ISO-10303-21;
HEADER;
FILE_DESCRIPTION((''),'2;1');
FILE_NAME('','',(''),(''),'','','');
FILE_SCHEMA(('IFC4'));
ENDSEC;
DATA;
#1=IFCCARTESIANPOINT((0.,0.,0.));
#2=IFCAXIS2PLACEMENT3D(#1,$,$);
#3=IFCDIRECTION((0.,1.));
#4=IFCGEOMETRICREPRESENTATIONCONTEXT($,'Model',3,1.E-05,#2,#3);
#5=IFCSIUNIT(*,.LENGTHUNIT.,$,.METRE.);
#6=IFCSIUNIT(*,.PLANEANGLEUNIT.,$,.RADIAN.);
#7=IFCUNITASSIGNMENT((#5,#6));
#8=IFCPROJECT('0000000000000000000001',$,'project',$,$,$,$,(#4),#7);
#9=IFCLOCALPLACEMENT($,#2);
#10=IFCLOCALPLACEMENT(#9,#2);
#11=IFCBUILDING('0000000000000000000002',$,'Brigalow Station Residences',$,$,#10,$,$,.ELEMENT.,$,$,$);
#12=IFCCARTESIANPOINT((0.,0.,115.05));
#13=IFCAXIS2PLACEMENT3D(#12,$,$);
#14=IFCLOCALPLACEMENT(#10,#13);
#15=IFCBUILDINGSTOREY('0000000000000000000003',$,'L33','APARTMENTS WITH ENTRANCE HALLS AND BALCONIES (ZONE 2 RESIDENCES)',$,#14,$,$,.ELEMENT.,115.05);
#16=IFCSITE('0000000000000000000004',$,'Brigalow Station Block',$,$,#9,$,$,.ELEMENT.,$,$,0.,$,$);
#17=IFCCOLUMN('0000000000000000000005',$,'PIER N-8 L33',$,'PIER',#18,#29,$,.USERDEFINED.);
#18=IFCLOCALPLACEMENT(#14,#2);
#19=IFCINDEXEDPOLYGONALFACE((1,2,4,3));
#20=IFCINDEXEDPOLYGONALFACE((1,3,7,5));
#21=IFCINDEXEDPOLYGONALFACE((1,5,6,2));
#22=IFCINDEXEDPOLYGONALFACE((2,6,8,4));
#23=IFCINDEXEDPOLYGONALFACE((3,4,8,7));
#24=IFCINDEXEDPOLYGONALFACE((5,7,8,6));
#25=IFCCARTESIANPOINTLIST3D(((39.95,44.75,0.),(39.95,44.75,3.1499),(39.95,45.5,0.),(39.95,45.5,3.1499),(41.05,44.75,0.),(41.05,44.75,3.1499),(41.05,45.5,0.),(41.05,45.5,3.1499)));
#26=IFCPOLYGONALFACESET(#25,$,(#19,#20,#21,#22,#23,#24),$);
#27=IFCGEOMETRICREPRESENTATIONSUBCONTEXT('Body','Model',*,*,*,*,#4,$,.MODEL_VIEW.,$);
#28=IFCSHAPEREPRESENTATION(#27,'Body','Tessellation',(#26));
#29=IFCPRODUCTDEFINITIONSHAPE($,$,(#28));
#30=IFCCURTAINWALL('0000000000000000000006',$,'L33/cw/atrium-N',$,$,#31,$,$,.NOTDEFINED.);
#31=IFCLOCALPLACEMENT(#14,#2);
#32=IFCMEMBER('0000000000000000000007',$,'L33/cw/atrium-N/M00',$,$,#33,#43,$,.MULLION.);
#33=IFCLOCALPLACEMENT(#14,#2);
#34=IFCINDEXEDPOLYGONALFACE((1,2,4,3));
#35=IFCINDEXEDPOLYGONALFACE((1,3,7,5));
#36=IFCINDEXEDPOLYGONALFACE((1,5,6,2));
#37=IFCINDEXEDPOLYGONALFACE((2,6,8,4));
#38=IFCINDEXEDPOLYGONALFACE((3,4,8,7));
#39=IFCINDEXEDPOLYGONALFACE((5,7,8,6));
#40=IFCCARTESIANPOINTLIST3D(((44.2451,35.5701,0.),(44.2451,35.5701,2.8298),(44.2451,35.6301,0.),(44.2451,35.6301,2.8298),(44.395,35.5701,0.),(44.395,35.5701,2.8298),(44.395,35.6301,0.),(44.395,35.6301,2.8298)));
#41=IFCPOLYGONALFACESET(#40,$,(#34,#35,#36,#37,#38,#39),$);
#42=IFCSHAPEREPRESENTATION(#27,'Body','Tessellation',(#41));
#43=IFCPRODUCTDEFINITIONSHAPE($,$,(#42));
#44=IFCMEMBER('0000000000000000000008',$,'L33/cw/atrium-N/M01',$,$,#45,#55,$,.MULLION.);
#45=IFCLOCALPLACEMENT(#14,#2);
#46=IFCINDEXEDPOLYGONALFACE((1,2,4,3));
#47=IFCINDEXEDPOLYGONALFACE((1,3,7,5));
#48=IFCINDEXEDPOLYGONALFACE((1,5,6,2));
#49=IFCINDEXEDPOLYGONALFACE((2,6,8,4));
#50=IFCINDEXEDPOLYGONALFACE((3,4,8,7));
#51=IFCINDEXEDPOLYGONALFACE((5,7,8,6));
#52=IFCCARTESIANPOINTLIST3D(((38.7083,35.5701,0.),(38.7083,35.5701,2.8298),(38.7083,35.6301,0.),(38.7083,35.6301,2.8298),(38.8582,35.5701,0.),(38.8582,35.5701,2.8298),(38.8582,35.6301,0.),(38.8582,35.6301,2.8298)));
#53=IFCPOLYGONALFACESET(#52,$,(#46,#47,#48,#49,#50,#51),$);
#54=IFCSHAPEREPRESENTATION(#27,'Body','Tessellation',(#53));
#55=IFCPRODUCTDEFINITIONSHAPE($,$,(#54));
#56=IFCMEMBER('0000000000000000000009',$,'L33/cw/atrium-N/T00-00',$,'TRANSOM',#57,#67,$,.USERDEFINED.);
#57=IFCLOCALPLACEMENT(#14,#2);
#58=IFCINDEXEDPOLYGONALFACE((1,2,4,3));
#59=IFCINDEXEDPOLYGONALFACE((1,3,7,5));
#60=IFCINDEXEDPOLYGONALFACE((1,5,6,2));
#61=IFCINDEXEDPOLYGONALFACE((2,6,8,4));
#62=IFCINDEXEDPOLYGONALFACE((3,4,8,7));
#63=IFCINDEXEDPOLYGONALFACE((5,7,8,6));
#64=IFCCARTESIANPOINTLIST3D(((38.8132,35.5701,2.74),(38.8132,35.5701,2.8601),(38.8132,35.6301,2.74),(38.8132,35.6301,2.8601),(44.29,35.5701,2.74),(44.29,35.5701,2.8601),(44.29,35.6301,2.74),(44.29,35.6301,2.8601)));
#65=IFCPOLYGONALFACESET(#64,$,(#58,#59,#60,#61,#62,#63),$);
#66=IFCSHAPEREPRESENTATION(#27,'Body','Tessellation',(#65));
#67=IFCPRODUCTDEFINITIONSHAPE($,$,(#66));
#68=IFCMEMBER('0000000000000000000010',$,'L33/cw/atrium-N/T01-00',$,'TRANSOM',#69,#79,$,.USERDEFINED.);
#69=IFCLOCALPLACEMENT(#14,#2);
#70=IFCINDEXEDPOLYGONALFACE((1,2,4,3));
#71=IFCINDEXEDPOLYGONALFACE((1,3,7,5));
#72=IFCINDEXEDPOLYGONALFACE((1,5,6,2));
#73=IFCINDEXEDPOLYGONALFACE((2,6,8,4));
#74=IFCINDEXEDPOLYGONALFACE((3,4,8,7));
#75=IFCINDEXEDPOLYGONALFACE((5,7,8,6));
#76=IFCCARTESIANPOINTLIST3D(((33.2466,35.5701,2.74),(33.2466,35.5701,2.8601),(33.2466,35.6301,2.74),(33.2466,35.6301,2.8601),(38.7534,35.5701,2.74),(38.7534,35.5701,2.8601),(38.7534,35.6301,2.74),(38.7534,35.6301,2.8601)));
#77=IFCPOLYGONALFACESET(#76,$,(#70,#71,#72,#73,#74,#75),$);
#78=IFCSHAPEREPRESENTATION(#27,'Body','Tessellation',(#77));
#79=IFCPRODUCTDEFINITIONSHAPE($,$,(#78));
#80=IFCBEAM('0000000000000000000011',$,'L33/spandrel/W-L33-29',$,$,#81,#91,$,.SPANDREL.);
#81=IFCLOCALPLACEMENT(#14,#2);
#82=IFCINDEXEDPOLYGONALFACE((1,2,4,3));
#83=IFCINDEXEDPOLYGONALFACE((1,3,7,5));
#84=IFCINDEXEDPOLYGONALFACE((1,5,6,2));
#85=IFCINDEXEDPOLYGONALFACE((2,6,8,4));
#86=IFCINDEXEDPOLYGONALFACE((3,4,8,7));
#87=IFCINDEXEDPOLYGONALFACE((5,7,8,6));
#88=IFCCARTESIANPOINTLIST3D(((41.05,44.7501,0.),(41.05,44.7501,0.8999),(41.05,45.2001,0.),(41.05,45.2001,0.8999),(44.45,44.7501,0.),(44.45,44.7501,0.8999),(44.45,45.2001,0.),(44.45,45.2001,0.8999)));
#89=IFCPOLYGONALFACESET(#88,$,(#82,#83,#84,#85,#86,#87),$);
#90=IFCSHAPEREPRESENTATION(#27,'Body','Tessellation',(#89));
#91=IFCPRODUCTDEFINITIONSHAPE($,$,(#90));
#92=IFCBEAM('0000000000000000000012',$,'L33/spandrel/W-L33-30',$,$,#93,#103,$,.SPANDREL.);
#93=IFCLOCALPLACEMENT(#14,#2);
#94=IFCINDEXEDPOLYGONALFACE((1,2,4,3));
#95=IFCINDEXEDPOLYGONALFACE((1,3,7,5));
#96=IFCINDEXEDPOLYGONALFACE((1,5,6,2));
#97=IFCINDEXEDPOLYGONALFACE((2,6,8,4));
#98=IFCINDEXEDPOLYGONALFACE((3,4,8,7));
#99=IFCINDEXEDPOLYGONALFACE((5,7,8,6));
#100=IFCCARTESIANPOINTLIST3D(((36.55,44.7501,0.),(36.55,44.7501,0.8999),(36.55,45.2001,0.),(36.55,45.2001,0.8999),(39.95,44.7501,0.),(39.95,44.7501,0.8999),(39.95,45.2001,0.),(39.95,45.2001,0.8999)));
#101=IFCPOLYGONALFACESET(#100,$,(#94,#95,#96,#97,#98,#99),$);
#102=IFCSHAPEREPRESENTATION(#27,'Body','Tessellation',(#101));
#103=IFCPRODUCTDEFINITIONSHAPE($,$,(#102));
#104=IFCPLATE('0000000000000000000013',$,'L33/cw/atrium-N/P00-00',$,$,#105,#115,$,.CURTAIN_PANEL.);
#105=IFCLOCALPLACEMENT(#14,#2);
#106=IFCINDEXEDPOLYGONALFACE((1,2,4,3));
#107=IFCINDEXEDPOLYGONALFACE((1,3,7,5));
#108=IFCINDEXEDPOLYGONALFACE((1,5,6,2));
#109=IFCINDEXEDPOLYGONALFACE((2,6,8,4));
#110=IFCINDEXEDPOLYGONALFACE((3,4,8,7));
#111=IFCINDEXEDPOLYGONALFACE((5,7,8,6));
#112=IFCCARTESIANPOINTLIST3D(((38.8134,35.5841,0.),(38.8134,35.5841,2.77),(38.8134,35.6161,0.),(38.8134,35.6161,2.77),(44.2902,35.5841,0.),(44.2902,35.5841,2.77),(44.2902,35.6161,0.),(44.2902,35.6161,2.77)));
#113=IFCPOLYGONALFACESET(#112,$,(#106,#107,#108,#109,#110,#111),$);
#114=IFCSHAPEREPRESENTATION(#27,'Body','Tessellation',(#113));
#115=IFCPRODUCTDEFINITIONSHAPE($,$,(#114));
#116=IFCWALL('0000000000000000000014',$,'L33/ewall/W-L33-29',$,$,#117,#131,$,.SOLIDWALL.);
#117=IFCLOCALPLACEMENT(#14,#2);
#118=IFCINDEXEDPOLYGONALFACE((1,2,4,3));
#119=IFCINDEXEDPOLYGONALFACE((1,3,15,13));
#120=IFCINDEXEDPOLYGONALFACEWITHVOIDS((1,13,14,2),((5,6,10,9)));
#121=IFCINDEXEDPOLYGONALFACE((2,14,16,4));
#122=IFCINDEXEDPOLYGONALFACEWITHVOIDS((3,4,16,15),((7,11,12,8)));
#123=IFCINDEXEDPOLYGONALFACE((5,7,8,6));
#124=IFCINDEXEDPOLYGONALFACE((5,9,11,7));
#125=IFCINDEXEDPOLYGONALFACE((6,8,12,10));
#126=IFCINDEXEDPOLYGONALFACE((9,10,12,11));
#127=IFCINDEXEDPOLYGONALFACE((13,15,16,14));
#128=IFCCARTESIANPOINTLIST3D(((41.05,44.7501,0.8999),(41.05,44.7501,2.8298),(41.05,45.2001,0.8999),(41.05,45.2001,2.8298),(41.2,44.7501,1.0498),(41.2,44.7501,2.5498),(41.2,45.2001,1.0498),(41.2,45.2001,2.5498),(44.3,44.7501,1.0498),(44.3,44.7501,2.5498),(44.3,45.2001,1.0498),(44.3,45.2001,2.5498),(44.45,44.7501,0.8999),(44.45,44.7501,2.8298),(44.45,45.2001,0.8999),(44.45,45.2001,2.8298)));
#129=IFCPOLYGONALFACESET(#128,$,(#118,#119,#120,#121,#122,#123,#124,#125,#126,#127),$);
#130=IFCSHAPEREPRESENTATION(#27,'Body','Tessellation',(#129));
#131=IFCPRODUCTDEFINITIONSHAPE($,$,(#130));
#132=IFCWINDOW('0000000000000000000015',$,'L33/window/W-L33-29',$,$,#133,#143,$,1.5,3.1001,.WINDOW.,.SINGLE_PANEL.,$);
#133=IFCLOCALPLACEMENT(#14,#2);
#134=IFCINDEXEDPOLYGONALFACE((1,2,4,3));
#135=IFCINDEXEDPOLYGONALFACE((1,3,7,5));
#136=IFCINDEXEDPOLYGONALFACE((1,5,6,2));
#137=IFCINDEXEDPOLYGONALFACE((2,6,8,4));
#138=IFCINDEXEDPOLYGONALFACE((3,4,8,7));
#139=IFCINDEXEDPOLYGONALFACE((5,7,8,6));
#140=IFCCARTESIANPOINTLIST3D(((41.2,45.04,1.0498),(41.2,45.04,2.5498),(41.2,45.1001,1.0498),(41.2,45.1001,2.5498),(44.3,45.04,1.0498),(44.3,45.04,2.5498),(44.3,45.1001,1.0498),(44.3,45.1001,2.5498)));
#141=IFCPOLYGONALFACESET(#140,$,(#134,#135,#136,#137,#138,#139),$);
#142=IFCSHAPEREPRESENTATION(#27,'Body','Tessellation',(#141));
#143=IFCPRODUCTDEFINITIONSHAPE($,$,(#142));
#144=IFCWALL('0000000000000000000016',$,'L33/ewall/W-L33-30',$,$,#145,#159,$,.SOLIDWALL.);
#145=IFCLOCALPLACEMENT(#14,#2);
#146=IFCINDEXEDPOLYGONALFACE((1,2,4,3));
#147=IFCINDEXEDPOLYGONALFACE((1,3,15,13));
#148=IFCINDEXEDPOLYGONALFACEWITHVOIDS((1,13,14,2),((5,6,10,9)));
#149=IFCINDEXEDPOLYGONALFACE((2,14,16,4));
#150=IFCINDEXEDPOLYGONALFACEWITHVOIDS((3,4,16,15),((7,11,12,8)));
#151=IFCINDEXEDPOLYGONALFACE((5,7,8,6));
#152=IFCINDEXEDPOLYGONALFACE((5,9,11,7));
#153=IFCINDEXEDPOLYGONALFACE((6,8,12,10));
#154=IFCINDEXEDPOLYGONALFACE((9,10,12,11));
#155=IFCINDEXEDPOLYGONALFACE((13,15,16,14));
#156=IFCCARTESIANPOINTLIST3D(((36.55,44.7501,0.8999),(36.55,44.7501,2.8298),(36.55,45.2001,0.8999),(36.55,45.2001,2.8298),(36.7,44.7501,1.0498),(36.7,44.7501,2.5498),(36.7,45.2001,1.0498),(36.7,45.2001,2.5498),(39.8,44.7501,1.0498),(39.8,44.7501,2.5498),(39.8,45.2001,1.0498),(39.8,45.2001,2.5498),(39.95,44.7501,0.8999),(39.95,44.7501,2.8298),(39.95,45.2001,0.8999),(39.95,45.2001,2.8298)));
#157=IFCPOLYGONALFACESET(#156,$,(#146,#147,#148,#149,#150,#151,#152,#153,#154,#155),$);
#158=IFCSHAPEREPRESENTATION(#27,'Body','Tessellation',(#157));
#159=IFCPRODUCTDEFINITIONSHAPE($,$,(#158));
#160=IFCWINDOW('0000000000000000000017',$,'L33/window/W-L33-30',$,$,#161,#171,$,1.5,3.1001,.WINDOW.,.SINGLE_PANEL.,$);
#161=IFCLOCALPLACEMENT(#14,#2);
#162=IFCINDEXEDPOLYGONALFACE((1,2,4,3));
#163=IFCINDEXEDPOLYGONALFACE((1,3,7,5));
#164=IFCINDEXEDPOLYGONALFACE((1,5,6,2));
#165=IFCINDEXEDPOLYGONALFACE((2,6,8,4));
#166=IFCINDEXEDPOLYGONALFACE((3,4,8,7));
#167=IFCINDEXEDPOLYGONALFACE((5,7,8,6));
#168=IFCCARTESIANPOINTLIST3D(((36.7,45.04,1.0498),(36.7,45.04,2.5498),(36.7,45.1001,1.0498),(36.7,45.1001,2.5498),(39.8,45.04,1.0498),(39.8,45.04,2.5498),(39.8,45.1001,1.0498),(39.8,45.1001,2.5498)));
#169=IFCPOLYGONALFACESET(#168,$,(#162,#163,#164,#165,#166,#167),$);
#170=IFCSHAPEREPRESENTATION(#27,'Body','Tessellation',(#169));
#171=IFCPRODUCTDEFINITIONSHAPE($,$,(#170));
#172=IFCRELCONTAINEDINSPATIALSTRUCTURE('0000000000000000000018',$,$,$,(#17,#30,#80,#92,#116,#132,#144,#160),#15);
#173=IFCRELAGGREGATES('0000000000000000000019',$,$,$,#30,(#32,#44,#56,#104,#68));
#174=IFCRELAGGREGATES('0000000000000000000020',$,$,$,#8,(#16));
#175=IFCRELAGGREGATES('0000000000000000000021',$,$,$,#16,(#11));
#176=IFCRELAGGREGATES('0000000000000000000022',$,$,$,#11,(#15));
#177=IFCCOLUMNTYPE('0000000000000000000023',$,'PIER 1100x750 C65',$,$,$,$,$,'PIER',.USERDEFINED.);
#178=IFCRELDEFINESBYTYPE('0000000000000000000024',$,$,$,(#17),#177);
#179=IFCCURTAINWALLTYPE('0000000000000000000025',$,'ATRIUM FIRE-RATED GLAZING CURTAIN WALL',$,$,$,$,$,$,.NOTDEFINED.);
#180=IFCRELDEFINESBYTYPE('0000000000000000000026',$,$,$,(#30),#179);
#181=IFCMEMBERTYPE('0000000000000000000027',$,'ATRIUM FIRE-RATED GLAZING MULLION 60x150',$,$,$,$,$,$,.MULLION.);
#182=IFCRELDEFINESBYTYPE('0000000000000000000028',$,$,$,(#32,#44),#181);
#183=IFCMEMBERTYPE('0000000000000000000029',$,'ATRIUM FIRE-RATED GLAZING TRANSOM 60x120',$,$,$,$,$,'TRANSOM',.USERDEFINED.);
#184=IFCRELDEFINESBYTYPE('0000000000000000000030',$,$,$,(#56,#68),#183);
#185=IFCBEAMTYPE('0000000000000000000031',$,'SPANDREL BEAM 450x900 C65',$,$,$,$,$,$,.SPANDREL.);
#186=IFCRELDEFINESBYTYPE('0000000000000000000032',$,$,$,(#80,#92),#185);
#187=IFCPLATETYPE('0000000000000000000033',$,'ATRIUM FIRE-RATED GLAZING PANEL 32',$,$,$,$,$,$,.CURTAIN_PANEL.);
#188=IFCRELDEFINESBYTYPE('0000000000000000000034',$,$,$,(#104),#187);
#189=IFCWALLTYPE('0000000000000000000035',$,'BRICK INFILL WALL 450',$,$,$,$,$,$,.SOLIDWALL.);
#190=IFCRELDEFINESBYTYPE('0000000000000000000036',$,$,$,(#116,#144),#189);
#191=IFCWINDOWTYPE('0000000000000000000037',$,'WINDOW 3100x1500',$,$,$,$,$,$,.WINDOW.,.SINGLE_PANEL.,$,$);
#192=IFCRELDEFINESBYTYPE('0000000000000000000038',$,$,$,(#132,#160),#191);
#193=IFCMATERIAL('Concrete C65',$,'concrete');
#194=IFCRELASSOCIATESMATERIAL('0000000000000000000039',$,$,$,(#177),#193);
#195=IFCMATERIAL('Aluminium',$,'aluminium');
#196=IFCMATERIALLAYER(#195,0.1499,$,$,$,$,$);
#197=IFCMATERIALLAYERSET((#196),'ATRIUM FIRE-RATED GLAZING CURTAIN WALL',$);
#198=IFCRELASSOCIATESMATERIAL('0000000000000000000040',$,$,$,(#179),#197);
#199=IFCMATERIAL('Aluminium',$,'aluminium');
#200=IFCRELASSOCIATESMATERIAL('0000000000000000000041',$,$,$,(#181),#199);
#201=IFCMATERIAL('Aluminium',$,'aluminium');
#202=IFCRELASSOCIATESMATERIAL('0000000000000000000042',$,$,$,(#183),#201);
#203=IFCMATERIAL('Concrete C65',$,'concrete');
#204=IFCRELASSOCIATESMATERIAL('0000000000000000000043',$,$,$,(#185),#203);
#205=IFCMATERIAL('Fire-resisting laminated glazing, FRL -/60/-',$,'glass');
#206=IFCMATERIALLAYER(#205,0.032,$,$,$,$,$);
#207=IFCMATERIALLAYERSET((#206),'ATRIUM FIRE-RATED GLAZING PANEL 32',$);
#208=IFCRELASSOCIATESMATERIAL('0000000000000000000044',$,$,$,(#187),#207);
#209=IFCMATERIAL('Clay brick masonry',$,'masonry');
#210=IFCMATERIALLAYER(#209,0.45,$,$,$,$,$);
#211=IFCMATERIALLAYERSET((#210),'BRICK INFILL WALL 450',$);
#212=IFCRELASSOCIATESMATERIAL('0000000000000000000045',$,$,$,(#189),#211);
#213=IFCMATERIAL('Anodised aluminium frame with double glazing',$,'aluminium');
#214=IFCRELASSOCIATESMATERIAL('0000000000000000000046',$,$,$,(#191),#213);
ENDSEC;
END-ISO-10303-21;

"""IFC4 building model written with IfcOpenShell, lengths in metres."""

from ifc_helpers import new_model, si_unit, direction, frame, frame_2d, origin, origin_2d, place, context, subcontext, project, spatial, rectangle, extrude, material, layer, layer_set, material_profile, profile_set, type_object, element, fill, aggregate, save


model = new_model("IFC4")

# Units and contexts
model_context = context("Model", 3, precision=1e-05, world=origin(), true_north=direction((0.0, 1.0)))
body_context = subcontext(model_context, "Body", "Model", "MODEL_VIEW")
ifc_project = project(units=[si_unit("LENGTHUNIT", "METRE"), si_unit("PLANEANGLEUNIT", "RADIAN")], contexts=[model_context])

# Site, building, storey
site_placement = place(None, origin())
site = spatial("IfcSite", under=ifc_project, at=site_placement, Name="Brigalow Station Block", CompositionType="ELEMENT", RefElevation=0.0)
building_placement = place(site_placement, origin())
building = spatial("IfcBuilding", under=site, at=building_placement, Name="Brigalow Station Residences", CompositionType="ELEMENT")
storey_placement = place(building_placement, frame((0.0, 0.0, 115.05)))
storey = spatial("IfcBuildingStorey", under=building, at=storey_placement, Name="L33", Description="APARTMENTS WITH ENTRANCE HALLS AND BALCONIES (ZONE 2 RESIDENCES)", CompositionType="ELEMENT", Elevation=115.05)

# Column
ifc_material_1 = material(Name="Concrete C65", Category="concrete")
ifc_material_profile_1 = material_profile(ifc_material_1, rectangle(XDim=1.1001, YDim=0.75, at=origin_2d()), Name="RC1100x750")
ifc_profile_set_1 = profile_set([ifc_material_profile_1], Name="Concrete C65")
column_type = type_object("IfcColumnType", Name="PIER 1100x750 C65", ElementType="PIER", PredefinedType="USERDEFINED", material=ifc_profile_set_1)
column_placement = place(storey_placement, frame((40.5, 45.125, 0.0), z_axis=(0.0, 0.0, 1.0), x_axis=(-1.0, 0.0, 0.0)))
element("IfcColumn", 1, at=column_placement, inside=storey, type_object=column_type, Name="PIER N-8 L33", ObjectType="PIER", PredefinedType="USERDEFINED", context=body_context, shape_type="SweptSolid", body=[
    extrude(rectangle(XDim=1.1001, YDim=0.75, at=origin_2d()), origin(), (0.0, 0.0, 1.0), 3.1499),
])

# Curtain wall, members
ifc_material_2 = material(Name="Aluminium", Category="aluminium")
ifc_layer_1 = layer(ifc_material_2, 0.1499)
ifc_layer_set_1 = layer_set([ifc_layer_1], Name="ATRIUM FIRE-RATED GLAZING CURTAIN WALL")
curtain_wall_type = type_object("IfcCurtainWallType", Name="ATRIUM FIRE-RATED GLAZING CURTAIN WALL", PredefinedType="NOTDEFINED", material=ifc_layer_set_1)
curtain_wall_placement = place(storey_placement, origin())
curtain_wall = element("IfcCurtainWall", 2, at=curtain_wall_placement, inside=storey, type_object=curtain_wall_type, Name="L33/cw/atrium-N", PredefinedType="NOTDEFINED")
ifc_material_3 = material(Name="Aluminium", Category="aluminium")
ifc_material_profile_2 = material_profile(ifc_material_3, rectangle(XDim=0.0601, YDim=0.1499, at=origin_2d()), Name="ATRIUM FIRE-RATED GLAZING MULLION 60x150")
ifc_profile_set_2 = profile_set([ifc_material_profile_2], Name="Aluminium")
member_type_1 = type_object("IfcMemberType", Name="ATRIUM FIRE-RATED GLAZING MULLION 60x150", PredefinedType="MULLION", material=ifc_profile_set_2)
member_1_placement = place(storey_placement, frame((44.3201, 35.6001, 0.0), z_axis=(0.0, 0.0, 1.0), x_axis=(0.0, -1.0, 0.0)))
member_1 = element("IfcMember", 3, at=member_1_placement, type_object=member_type_1, Name="L33/cw/atrium-N/M00", PredefinedType="MULLION", context=body_context, shape_type="SweptSolid", body=[
    extrude(rectangle(XDim=0.0601, YDim=0.1499, at=origin_2d()), origin(), (0.0, 0.0, 1.0), 2.8298),
])
member_2_placement = place(storey_placement, frame((38.7832, 35.6001, 0.0), z_axis=(0.0, 0.0, 1.0), x_axis=(0.0, -1.0, 0.0)))
member_2 = element("IfcMember", 4, at=member_2_placement, type_object=member_type_1, Name="L33/cw/atrium-N/M01", PredefinedType="MULLION", context=body_context, shape_type="SweptSolid", body=[
    extrude(rectangle(XDim=0.0601, YDim=0.1499, at=origin_2d()), origin(), (0.0, 0.0, 1.0), 2.8298),
])
ifc_material_4 = material(Name="Aluminium", Category="aluminium")
ifc_material_profile_3 = material_profile(ifc_material_4, rectangle(XDim=0.0601, YDim=0.1201, at=origin_2d()), Name="ATRIUM FIRE-RATED GLAZING TRANSOM 60x120")
ifc_profile_set_3 = profile_set([ifc_material_profile_3], Name="Aluminium")
member_type_2 = type_object("IfcMemberType", Name="ATRIUM FIRE-RATED GLAZING TRANSOM 60x120", ElementType="TRANSOM", PredefinedType="USERDEFINED", material=ifc_profile_set_3)
member_3_placement = place(storey_placement, frame((44.29, 35.6001, 2.8), z_axis=(-1.0, 0.0, 0.0), x_axis=(0.0, -1.0, 0.0)))
member_3 = element("IfcMember", 5, at=member_3_placement, type_object=member_type_2, Name="L33/cw/atrium-N/T00-00", ObjectType="TRANSOM", PredefinedType="USERDEFINED", context=body_context, shape_type="SweptSolid", body=[
    extrude(rectangle(XDim=0.0601, YDim=0.1201, at=origin_2d()), origin(), (0.0, 0.0, 1.0), 5.4768),
])
member_4_placement = place(storey_placement, frame((38.7534, 35.6001, 2.8), z_axis=(-1.0, 0.0, 0.0), x_axis=(0.0, -1.0, 0.0)))
member_4 = element("IfcMember", 6, at=member_4_placement, type_object=member_type_2, Name="L33/cw/atrium-N/T01-00", ObjectType="TRANSOM", PredefinedType="USERDEFINED", context=body_context, shape_type="SweptSolid", body=[
    extrude(rectangle(XDim=0.0601, YDim=0.1201, at=origin_2d()), origin(), (0.0, 0.0, 1.0), 5.5068),
])

# Beams
ifc_material_5 = material(Name="Concrete C65", Category="concrete")
ifc_material_profile_4 = material_profile(ifc_material_5, rectangle(XDim=0.45, YDim=0.8999, at=origin_2d()), Name="RC450x900")
ifc_profile_set_4 = profile_set([ifc_material_profile_4], Name="Concrete C65")
beam_type = type_object("IfcBeamType", Name="SPANDREL BEAM 450x900 C65", PredefinedType="SPANDREL", material=ifc_profile_set_4)
for number, where, z_axis, x_axis, name in (
    (7, (44.45, 44.9751, 0.45), (-1.0, 0.0, 0.0), (0.0, -1.0, 0.0), "L33/spandrel/W-L33-29"),
    (8, (39.95, 44.9751, 0.45), (-1.0, 0.0, 0.0), (0.0, -1.0, 0.0), "L33/spandrel/W-L33-30"),
):
    element("IfcBeam", number, at=place(storey_placement, frame(where, z_axis=z_axis, x_axis=x_axis)), inside=storey, type_object=beam_type, Name=name, PredefinedType="SPANDREL", context=body_context, shape_type="SweptSolid", body=[
        extrude(rectangle(XDim=0.45, YDim=0.8999, at=origin_2d()), origin(), (0.0, 0.0, 1.0), 3.3999),
    ])

# Plate
ifc_material_6 = material(Name="Fire-resisting laminated glazing, FRL -/60/-", Category="glass")
ifc_layer_2 = layer(ifc_material_6, 0.032)
ifc_layer_set_2 = layer_set([ifc_layer_2], Name="ATRIUM FIRE-RATED GLAZING PANEL 32")
plate_type = type_object("IfcPlateType", Name="ATRIUM FIRE-RATED GLAZING PANEL 32", PredefinedType="CURTAIN_PANEL", material=ifc_layer_set_2)
plate_placement = place(storey_placement, frame((41.5518, 35.6001, 0.0), z_axis=(0.0, 0.0, 1.0), x_axis=(-1.0, 0.0, 0.0)))
plate = element("IfcPlate", 9, at=plate_placement, type_object=plate_type, Name="L33/cw/atrium-N/P00-00", PredefinedType="CURTAIN_PANEL", context=body_context, shape_type="SweptSolid", body=[
    extrude(rectangle(XDim=5.4768, YDim=0.032, at=origin_2d()), origin(), (0.0, 0.0, 1.0), 2.77),
])
aggregate(curtain_wall, [member_1, member_2, member_3, plate, member_4])

# Walls, openings, windows
ifc_material_7 = material(Name="Clay brick masonry", Category="masonry")
ifc_layer_3 = layer(ifc_material_7, 0.45)
ifc_layer_set_3 = layer_set([ifc_layer_3], Name="BRICK INFILL WALL 450")
wall_type_1 = type_object("IfcWallType", Name="BRICK INFILL WALL 450", PredefinedType="SOLIDWALL", material=ifc_layer_set_3)
wall_1_placement = place(storey_placement, frame((44.45, 44.9751, 0.8999), z_axis=(0.0, 0.0, 1.0), x_axis=(-1.0, 0.0, 0.0)))
wall_1 = element("IfcWall", 10, at=wall_1_placement, inside=storey, type_object=wall_type_1, Name="L33/ewall/W-L33-29", PredefinedType="SOLIDWALL", context=body_context, shape_type="SweptSolid", body=[
    extrude(rectangle(XDim=3.3999, YDim=0.45, at=frame_2d((1.7, 0.0))), origin(), (0.0, 0.0, 1.0), 1.9299),
])
opening_1_placement = place(wall_1_placement, frame((0.1499, 0.0, 0.1499)))
opening_1 = element("IfcOpeningElement", 11, at=opening_1_placement, cuts=wall_1, PredefinedType="OPENING", context=body_context, shape_type="SweptSolid", body=[
    extrude(rectangle(XDim=3.1001, YDim=1.5, at=frame_2d((1.55, 0.75))), frame((0.0, 0.2349, 0.0), z_axis=(0.0, -1.0, 0.0), x_axis=(1.0, 0.0, 0.0)), (0.0, 0.0, 1.0), 0.47),
])
ifc_material_8 = material(Name="Anodised aluminium frame with double glazing", Category="aluminium")
window_type = type_object("IfcWindowType", Name="WINDOW 3100x1500", PartitioningType="SINGLE_PANEL", PredefinedType="WINDOW", material=ifc_material_8)
window_1_placement = place(opening_1_placement, origin())
window_1 = element("IfcWindow", 12, at=window_1_placement, inside=storey, type_object=window_type, Name="L33/window/W-L33-29", OverallHeight=1.5, OverallWidth=3.1001, PartitioningType="SINGLE_PANEL", PredefinedType="WINDOW", context=body_context, shape_type="SweptSolid", body=[
    extrude(rectangle(XDim=3.1001, YDim=1.5, at=frame_2d((1.55, 0.75))), frame((0.0, -0.0649, 0.0), z_axis=(0.0, -1.0, 0.0), x_axis=(1.0, 0.0, 0.0)), (0.0, 0.0, 1.0), 0.0601),
])
fill(opening_1, window_1)
wall_2_placement = place(storey_placement, frame((39.95, 44.9751, 0.8999), z_axis=(0.0, 0.0, 1.0), x_axis=(-1.0, 0.0, 0.0)))
wall_2 = element("IfcWall", 13, at=wall_2_placement, inside=storey, type_object=wall_type_1, Name="L33/ewall/W-L33-30", PredefinedType="SOLIDWALL", context=body_context, shape_type="SweptSolid", body=[
    extrude(rectangle(XDim=3.3999, YDim=0.45, at=frame_2d((1.7, 0.0))), origin(), (0.0, 0.0, 1.0), 1.9299),
])
opening_2_placement = place(wall_2_placement, frame((0.1499, 0.0, 0.1499)))
opening_2 = element("IfcOpeningElement", 14, at=opening_2_placement, cuts=wall_2, PredefinedType="OPENING", context=body_context, shape_type="SweptSolid", body=[
    extrude(rectangle(XDim=3.1001, YDim=1.5, at=frame_2d((1.55, 0.75))), frame((0.0, 0.2349, 0.0), z_axis=(0.0, -1.0, 0.0), x_axis=(1.0, 0.0, 0.0)), (0.0, 0.0, 1.0), 0.47),
])
window_2_placement = place(opening_2_placement, origin())
window_2 = element("IfcWindow", 15, at=window_2_placement, inside=storey, type_object=window_type, Name="L33/window/W-L33-30", OverallHeight=1.5, OverallWidth=3.1001, PartitioningType="SINGLE_PANEL", PredefinedType="WINDOW", context=body_context, shape_type="SweptSolid", body=[
    extrude(rectangle(XDim=3.1001, YDim=1.5, at=frame_2d((1.55, 0.75))), frame((0.0, -0.0649, 0.0), z_axis=(0.0, -1.0, 0.0), x_axis=(1.0, 0.0, 0.0)), (0.0, 0.0, 1.0), 0.0601),
])
fill(opening_2, window_2)

save(model, "model.ifc")
